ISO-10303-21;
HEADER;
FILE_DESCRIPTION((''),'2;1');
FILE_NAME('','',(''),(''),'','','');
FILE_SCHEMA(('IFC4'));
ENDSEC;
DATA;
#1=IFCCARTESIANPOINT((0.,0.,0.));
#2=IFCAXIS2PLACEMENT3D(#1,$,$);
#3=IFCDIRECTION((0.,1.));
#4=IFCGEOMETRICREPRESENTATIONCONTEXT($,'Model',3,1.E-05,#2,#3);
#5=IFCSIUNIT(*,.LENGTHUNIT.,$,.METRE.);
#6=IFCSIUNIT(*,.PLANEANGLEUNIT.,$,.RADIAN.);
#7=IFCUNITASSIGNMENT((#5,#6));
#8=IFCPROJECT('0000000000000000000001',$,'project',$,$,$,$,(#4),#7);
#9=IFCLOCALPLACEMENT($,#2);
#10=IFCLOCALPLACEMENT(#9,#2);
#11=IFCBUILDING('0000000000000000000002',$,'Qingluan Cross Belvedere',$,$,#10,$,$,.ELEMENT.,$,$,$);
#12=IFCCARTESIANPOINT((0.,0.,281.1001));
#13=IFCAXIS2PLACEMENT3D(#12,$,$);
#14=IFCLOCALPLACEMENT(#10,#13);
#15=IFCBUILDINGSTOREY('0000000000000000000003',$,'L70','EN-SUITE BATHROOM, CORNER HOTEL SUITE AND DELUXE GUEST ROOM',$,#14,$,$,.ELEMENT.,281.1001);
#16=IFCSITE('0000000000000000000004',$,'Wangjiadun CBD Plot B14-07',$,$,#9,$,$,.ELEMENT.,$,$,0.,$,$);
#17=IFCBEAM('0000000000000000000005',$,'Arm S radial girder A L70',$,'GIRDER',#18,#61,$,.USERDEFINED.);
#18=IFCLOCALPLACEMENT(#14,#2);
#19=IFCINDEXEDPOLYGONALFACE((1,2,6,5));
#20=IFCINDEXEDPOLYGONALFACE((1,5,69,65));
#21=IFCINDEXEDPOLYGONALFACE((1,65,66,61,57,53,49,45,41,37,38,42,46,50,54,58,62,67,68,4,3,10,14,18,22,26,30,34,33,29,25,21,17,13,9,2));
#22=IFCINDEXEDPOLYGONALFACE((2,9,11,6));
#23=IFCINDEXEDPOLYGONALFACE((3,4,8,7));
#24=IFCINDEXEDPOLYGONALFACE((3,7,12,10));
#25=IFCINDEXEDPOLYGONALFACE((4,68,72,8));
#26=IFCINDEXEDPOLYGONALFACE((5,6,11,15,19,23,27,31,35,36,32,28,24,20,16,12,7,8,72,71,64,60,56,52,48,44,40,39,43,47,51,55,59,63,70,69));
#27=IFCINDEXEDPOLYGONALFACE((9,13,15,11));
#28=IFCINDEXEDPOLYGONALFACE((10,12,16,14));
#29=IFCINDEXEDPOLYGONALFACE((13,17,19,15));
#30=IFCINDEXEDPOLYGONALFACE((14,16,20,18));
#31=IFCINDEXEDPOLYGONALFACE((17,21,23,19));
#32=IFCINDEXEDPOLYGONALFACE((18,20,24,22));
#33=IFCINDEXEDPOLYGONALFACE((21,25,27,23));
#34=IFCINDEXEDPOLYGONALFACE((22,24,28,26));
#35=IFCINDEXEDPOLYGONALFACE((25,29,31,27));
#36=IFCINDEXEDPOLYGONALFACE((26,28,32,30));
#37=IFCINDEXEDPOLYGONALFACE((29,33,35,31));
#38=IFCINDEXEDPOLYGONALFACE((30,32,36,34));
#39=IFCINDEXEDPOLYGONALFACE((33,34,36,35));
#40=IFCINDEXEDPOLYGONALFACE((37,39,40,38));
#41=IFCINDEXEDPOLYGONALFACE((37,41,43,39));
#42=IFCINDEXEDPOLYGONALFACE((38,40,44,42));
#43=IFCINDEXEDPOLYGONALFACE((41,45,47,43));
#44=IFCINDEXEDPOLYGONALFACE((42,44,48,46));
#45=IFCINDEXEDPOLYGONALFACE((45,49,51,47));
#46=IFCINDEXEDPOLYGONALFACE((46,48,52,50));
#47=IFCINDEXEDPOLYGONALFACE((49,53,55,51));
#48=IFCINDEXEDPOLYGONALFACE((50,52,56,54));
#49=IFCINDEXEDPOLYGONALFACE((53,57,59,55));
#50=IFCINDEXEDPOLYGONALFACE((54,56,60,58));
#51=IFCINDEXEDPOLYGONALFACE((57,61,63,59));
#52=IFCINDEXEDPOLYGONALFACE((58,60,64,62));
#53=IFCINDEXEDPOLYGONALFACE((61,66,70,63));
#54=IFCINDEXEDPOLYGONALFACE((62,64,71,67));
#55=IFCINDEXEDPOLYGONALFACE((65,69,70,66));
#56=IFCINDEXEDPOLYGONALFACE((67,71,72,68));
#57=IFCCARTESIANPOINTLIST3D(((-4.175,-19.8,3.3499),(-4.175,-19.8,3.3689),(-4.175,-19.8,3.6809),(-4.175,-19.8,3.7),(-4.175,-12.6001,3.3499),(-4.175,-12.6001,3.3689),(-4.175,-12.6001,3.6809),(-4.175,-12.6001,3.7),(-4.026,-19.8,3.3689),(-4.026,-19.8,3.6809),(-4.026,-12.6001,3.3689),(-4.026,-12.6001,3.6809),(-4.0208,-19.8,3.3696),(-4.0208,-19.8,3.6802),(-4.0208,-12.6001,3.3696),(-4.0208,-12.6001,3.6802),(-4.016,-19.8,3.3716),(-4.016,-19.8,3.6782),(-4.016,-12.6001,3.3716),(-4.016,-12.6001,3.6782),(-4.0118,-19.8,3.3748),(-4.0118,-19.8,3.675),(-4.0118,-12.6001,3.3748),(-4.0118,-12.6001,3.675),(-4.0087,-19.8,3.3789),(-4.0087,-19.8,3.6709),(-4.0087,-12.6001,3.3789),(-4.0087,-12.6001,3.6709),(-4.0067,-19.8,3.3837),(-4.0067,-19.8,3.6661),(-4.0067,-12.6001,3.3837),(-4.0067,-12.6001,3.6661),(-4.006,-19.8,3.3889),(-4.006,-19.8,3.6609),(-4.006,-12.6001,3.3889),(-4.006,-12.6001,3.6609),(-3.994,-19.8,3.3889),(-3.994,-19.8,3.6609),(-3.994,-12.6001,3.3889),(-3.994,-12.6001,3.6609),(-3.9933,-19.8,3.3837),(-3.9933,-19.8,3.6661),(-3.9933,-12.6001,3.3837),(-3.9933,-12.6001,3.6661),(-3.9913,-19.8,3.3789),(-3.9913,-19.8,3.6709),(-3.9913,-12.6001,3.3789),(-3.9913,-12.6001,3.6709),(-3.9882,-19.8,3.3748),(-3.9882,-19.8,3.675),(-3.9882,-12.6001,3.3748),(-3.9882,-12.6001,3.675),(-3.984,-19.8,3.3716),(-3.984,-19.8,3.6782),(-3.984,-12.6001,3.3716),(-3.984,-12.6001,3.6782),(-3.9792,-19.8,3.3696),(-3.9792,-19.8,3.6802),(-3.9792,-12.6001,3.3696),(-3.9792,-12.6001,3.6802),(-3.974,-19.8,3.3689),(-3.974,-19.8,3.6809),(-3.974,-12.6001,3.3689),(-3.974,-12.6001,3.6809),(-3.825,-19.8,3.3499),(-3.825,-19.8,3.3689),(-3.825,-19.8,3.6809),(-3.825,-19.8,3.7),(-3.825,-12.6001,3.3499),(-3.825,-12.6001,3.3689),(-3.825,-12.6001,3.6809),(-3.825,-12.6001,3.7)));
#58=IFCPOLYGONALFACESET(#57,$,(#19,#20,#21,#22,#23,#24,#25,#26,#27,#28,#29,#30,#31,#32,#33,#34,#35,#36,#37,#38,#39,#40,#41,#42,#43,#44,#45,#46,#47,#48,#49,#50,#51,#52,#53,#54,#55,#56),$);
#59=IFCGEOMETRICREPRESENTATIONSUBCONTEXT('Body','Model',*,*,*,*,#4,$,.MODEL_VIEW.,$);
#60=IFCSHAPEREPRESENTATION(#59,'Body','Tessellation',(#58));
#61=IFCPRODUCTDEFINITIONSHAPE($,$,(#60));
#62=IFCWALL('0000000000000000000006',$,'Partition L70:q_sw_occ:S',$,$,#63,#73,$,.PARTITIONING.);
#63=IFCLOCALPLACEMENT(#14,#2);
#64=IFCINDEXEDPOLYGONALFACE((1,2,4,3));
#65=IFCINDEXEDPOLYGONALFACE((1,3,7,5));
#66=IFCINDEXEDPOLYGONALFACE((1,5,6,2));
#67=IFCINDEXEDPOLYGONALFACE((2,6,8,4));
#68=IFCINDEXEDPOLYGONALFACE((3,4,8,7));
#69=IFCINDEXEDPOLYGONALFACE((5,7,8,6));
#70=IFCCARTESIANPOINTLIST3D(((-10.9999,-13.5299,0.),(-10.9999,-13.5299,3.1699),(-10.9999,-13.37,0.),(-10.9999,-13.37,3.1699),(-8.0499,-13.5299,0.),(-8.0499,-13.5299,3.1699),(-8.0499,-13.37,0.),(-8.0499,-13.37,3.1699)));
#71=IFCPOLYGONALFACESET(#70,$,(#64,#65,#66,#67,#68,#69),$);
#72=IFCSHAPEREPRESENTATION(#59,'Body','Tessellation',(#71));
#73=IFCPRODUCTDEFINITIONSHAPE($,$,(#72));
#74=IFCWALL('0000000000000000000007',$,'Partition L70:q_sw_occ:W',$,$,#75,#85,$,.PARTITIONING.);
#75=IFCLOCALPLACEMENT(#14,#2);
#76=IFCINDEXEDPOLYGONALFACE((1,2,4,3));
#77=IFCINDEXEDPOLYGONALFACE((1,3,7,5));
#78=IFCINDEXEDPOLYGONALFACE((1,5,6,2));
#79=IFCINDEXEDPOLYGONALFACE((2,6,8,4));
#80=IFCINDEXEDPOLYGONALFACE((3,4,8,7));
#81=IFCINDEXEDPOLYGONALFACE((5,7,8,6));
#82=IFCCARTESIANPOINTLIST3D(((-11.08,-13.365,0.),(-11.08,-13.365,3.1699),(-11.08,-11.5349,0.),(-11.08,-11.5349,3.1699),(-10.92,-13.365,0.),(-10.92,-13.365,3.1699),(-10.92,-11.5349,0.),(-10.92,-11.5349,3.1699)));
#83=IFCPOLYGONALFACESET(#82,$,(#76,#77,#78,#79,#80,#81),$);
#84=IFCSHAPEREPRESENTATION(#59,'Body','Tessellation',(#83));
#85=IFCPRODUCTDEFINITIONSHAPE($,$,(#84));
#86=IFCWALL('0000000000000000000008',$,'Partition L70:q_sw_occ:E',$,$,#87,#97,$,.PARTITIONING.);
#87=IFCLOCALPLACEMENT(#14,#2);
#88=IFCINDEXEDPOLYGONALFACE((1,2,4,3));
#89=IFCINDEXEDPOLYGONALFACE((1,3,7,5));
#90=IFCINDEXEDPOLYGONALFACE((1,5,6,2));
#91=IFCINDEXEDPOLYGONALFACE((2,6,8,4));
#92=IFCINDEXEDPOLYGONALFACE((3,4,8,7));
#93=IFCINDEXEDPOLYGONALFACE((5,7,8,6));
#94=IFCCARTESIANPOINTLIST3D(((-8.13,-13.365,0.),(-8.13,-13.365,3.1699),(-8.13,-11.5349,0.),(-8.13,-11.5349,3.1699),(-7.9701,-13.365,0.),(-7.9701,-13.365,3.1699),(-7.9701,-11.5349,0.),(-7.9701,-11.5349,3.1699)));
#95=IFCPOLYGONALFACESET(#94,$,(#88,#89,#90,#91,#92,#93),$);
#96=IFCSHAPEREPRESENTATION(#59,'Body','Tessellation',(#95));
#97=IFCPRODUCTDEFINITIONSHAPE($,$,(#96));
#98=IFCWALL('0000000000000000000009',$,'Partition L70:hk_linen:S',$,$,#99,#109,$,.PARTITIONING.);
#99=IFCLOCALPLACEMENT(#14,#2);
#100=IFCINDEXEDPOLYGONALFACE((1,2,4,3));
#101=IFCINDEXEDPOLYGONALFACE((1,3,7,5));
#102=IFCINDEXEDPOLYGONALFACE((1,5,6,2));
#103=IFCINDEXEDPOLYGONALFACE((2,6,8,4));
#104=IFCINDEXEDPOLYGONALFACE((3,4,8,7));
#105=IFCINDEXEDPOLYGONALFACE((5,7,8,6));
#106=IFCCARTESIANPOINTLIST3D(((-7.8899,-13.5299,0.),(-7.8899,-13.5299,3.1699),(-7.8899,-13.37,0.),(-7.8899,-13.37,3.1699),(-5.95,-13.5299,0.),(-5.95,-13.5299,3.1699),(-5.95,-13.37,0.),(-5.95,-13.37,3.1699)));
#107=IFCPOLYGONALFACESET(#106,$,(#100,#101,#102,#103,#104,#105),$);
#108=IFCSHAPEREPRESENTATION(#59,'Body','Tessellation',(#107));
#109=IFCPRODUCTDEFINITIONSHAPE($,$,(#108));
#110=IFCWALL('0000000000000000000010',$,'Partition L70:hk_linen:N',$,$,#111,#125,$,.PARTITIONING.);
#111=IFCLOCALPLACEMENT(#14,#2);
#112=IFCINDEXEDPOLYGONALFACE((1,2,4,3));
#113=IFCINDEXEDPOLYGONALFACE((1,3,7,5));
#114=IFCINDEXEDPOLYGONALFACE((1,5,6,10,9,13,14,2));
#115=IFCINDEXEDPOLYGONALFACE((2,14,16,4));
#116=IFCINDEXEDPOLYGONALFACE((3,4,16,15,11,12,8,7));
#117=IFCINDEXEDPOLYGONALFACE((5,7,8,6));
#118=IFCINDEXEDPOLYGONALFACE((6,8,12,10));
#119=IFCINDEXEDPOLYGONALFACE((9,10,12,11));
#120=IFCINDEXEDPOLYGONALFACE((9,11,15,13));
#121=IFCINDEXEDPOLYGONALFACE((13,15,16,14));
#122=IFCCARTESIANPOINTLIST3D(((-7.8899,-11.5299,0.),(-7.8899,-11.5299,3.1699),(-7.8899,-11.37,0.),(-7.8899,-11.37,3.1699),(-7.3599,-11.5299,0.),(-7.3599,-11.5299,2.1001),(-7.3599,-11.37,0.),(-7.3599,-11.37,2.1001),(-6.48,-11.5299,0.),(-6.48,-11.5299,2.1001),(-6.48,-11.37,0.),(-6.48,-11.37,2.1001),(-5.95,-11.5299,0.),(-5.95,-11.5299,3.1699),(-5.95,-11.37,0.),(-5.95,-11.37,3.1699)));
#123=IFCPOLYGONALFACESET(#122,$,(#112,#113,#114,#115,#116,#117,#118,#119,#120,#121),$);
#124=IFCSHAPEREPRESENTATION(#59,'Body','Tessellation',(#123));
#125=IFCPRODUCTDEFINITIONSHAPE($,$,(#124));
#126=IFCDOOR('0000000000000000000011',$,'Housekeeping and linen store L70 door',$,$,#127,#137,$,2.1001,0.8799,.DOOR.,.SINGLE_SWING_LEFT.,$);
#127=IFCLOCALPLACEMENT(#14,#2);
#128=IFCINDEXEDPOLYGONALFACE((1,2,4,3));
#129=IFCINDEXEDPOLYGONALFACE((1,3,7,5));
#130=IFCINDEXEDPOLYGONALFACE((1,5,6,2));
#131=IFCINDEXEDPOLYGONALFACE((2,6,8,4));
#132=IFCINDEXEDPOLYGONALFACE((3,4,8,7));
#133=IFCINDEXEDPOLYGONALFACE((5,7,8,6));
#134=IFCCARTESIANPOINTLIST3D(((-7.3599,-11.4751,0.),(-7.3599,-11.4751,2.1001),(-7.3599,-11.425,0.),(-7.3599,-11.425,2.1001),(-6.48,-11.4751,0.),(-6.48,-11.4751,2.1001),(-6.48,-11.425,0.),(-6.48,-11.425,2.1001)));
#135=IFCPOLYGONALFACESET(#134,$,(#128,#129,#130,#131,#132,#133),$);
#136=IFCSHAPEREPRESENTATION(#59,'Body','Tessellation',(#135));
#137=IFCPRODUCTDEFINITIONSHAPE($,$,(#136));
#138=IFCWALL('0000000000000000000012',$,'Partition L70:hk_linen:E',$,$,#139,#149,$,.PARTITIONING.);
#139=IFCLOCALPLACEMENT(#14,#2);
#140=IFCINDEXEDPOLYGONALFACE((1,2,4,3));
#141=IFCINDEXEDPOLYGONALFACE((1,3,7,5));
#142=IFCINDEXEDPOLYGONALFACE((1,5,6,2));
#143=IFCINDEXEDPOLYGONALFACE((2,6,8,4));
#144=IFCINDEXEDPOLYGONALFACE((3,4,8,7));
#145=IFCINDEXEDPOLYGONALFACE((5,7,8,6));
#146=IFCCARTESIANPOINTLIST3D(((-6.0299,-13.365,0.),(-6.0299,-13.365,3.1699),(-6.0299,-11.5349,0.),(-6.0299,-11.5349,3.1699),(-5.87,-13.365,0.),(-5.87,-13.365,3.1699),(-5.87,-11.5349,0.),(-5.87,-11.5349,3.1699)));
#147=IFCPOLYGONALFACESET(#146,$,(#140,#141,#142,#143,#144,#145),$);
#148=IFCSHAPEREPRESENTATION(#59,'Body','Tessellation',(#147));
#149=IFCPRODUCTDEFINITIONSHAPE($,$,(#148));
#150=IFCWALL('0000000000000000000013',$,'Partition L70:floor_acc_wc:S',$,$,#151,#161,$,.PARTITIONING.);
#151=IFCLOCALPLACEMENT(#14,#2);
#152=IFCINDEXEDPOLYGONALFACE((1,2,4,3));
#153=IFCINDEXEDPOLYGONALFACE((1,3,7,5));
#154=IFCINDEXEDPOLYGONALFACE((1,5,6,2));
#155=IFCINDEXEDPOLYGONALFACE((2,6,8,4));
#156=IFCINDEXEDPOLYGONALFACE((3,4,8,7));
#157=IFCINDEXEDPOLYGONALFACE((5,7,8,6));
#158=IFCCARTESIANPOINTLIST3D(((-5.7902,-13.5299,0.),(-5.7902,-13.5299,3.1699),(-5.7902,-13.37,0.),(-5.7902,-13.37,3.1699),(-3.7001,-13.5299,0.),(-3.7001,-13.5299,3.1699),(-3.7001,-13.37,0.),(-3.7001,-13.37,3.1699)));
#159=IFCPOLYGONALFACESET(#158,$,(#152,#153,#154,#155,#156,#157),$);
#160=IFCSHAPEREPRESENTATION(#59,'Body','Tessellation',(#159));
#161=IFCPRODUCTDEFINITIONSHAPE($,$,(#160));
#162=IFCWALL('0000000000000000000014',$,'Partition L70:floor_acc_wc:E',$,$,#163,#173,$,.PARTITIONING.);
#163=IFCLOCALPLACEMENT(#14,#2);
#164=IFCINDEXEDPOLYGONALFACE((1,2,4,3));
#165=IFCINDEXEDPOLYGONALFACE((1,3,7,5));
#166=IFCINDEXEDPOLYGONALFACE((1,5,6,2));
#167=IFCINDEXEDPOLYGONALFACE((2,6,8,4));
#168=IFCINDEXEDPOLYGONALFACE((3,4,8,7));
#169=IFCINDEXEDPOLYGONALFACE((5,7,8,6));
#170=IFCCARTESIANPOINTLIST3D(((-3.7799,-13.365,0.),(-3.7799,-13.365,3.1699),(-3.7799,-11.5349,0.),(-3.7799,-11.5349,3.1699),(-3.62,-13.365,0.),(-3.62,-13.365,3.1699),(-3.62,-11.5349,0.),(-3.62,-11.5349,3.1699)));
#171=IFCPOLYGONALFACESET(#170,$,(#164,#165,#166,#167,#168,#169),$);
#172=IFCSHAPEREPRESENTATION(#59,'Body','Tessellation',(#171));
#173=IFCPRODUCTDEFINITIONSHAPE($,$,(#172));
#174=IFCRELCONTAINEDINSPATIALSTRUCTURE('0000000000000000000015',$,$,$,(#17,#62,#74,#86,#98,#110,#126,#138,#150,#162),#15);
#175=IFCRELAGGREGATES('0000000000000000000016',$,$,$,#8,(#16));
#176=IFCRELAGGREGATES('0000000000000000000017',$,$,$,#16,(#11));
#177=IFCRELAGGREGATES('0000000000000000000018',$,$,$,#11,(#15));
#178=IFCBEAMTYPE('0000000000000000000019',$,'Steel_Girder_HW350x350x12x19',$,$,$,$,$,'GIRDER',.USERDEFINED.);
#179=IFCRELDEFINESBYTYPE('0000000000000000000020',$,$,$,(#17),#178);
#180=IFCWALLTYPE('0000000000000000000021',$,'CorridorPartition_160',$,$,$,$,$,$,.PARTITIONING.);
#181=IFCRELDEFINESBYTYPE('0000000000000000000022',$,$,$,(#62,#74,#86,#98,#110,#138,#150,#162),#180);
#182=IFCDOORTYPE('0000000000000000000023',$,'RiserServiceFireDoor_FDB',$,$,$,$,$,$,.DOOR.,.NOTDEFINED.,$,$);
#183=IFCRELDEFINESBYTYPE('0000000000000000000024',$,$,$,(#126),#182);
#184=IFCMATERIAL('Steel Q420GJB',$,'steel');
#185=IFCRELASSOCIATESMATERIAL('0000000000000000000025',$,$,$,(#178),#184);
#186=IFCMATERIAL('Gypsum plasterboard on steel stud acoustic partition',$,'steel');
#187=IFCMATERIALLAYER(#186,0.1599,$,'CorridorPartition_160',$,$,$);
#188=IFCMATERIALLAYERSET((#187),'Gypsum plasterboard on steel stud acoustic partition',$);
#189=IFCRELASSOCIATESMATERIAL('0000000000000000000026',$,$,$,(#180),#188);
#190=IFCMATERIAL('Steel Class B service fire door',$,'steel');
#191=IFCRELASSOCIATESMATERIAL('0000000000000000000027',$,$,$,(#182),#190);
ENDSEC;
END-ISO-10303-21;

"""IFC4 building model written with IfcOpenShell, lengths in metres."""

from ifc_helpers import new_model, si_unit, direction, frame, frame_2d, origin, origin_2d, place, context, subcontext, project, spatial, rectangle, i_section, extrude, material, layer, layer_set, material_profile, profile_set, type_object, element, fill, save


model = new_model("IFC4")

# Units and contexts
model_context = context("Model", 3, precision=1e-05, world=origin(), true_north=direction((0.0, 1.0)))
body_context = subcontext(model_context, "Body", "Model", "MODEL_VIEW")
ifc_project = project(units=[si_unit("LENGTHUNIT", "METRE"), si_unit("PLANEANGLEUNIT", "RADIAN")], contexts=[model_context])

# Site, building, storey
site_placement = place(None, origin())
site = spatial("IfcSite", under=ifc_project, at=site_placement, Name="Wangjiadun CBD Plot B14-07", CompositionType="ELEMENT", RefElevation=0.0)
building_placement = place(site_placement, origin())
building = spatial("IfcBuilding", under=site, at=building_placement, Name="Qingluan Cross Belvedere", CompositionType="ELEMENT")
storey_placement = place(building_placement, frame((0.0, 0.0, 281.1001)))
storey = spatial("IfcBuildingStorey", under=building, at=storey_placement, Name="L70", Description="EN-SUITE BATHROOM, CORNER HOTEL SUITE AND DELUXE GUEST ROOM", CompositionType="ELEMENT", Elevation=281.1001)

# Beam
ifc_material_1 = material(Name="Steel Q420GJB", Category="steel")
ifc_material_profile_1 = material_profile(ifc_material_1, i_section(OverallWidth=0.3501, OverallDepth=0.3501, WebThickness=0.012, FlangeThickness=0.019, FilletRadius=0.02, at=origin_2d()), Name="HW350x350x12x19")
ifc_profile_set_1 = profile_set([ifc_material_profile_1], Name="Steel Q420GJB")
beam_type_1 = type_object("IfcBeamType", Name="Steel_Girder_HW350x350x12x19", ElementType="GIRDER", PredefinedType="USERDEFINED", material=ifc_profile_set_1)
beam_1_placement = place(storey_placement, frame((-4.0, -12.6001, 3.5249), z_axis=(0.0, -1.0, 0.0), x_axis=(1.0, 0.0, 0.0)))
element("IfcBeam", 1, at=beam_1_placement, inside=storey, type_object=beam_type_1, Name="Arm S radial girder A L70", ObjectType="GIRDER", PredefinedType="USERDEFINED", context=body_context, shape_type="SweptSolid", body=[
    extrude(i_section(OverallWidth=0.3501, OverallDepth=0.3501, WebThickness=0.012, FlangeThickness=0.019, FilletRadius=0.02, at=origin_2d()), origin(), (0.0, 0.0, 1.0), 7.2),
])

# Wall
ifc_material_2 = material(Name="Gypsum plasterboard on steel stud acoustic partition", Category="steel")
ifc_layer = layer(ifc_material_2, 0.1599, Name="CorridorPartition_160")
ifc_layer_set = layer_set([ifc_layer], Name="Gypsum plasterboard on steel stud acoustic partition")
wall_type = type_object("IfcWallType", Name="CorridorPartition_160", PredefinedType="PARTITIONING", material=ifc_layer_set)
wall_1_placement = place(storey_placement, frame((-11.0, -13.45, 0.0), z_axis=(0.0, 0.0, 1.0), x_axis=(1.0, 0.0, 0.0)))
element("IfcWall", 2, at=wall_1_placement, inside=storey, type_object=wall_type, Name="Partition L70:q_sw_occ:S", PredefinedType="PARTITIONING", context=body_context, shape_type="SweptSolid", body=[
    extrude(rectangle(XDim=2.95, YDim=0.1599, at=frame_2d((1.4751, 0.0))), origin(), (0.0, 0.0, 1.0), 3.1699),
])

# Walls
for number, where, z_axis, x_axis, name in (
    (3, (-11.0, -13.365, 0.0), (0.0, 0.0, 1.0), (0.0, 1.0, 0.0), "Partition L70:q_sw_occ:W"),
    (4, (-8.05, -13.365, 0.0), (0.0, 0.0, 1.0), (0.0, 1.0, 0.0), "Partition L70:q_sw_occ:E"),
):
    element("IfcWall", number, at=place(storey_placement, frame(where, z_axis=z_axis, x_axis=x_axis)), inside=storey, type_object=wall_type, Name=name, PredefinedType="PARTITIONING", context=body_context, shape_type="SweptSolid", body=[
        extrude(rectangle(XDim=1.8301, YDim=0.1599, at=frame_2d((0.915, 0.0))), origin(), (0.0, 0.0, 1.0), 3.1699),
    ])
wall_2_placement = place(storey_placement, frame((-7.8899, -13.45, 0.0), z_axis=(0.0, 0.0, 1.0), x_axis=(1.0, 0.0, 0.0)))
element("IfcWall", 5, at=wall_2_placement, inside=storey, type_object=wall_type, Name="Partition L70:hk_linen:S", PredefinedType="PARTITIONING", context=body_context, shape_type="SweptSolid", body=[
    extrude(rectangle(XDim=1.9399, YDim=0.1599, at=frame_2d((0.97, 0.0))), origin(), (0.0, 0.0, 1.0), 3.1699),
])

# Wall, opening, door
wall_3_placement = place(storey_placement, frame((-7.8899, -11.45, 0.0), z_axis=(0.0, 0.0, 1.0), x_axis=(1.0, 0.0, 0.0)))
wall_3 = element("IfcWall", 6, at=wall_3_placement, inside=storey, type_object=wall_type, Name="Partition L70:hk_linen:N", PredefinedType="PARTITIONING", context=body_context, shape_type="SweptSolid", body=[
    extrude(rectangle(XDim=1.9399, YDim=0.1599, at=frame_2d((0.97, 0.0))), origin(), (0.0, 0.0, 1.0), 3.1699),
])
opening_1_placement = place(wall_3_placement, frame((0.53, 0.0, 0.0)))
opening_1 = element("IfcOpeningElement", 7, at=opening_1_placement, cuts=wall_3, PredefinedType="OPENING", context=body_context, shape_type="SweptSolid", body=[
    extrude(rectangle(XDim=0.8799, YDim=2.1001, at=frame_2d((0.4399, 1.05))), frame((0.0, 0.0898, 0.0), z_axis=(0.0, -1.0, 0.0), x_axis=(1.0, 0.0, 0.0)), (0.0, 0.0, 1.0), 0.1799),
])
ifc_material_3 = material(Name="Steel Class B service fire door", Category="steel")
door_type_1 = type_object("IfcDoorType", Name="RiserServiceFireDoor_FDB", OperationType="NOTDEFINED", PredefinedType="DOOR", material=ifc_material_3)
door_1_placement = place(opening_1_placement, origin())
door_1 = element("IfcDoor", 8, at=door_1_placement, inside=storey, type_object=door_type_1, Name="Housekeeping and linen store L70 door", OperationType="SINGLE_SWING_LEFT", OverallHeight=2.1001, OverallWidth=0.8799, PredefinedType="DOOR", context=body_context, shape_type="SweptSolid", body=[
    extrude(rectangle(XDim=0.8799, YDim=2.1001, at=frame_2d((0.4399, 1.05))), frame((0.0, 0.0249, 0.0), z_axis=(0.0, -1.0, 0.0), x_axis=(1.0, 0.0, 0.0)), (0.0, 0.0, 1.0), 0.05),
])
fill(opening_1, door_1)

# Walls
wall_4_placement = place(storey_placement, frame((-5.95, -13.365, 0.0), z_axis=(0.0, 0.0, 1.0), x_axis=(0.0, 1.0, 0.0)))
element("IfcWall", 9, at=wall_4_placement, inside=storey, type_object=wall_type, Name="Partition L70:hk_linen:E", PredefinedType="PARTITIONING", context=body_context, shape_type="SweptSolid", body=[
    extrude(rectangle(XDim=1.8301, YDim=0.1599, at=frame_2d((0.915, 0.0))), origin(), (0.0, 0.0, 1.0), 3.1699),
])
wall_5_placement = place(storey_placement, frame((-5.79, -13.45, 0.0), z_axis=(0.0, 0.0, 1.0), x_axis=(1.0, 0.0, 0.0)))
element("IfcWall", 10, at=wall_5_placement, inside=storey, type_object=wall_type, Name="Partition L70:floor_acc_wc:S", PredefinedType="PARTITIONING", context=body_context, shape_type="SweptSolid", body=[
    extrude(rectangle(XDim=2.0901, YDim=0.1599, at=frame_2d((1.0449, 0.0))), origin(), (0.0, 0.0, 1.0), 3.1699),
])

# Wall
wall_6_placement = place(storey_placement, frame((-3.7, -13.365, 0.0), z_axis=(0.0, 0.0, 1.0), x_axis=(0.0, 1.0, 0.0)))
element("IfcWall", 11, at=wall_6_placement, inside=storey, type_object=wall_type, Name="Partition L70:floor_acc_wc:E", PredefinedType="PARTITIONING", context=body_context, shape_type="SweptSolid", body=[
    extrude(rectangle(XDim=1.8301, YDim=0.1599, at=frame_2d((0.915, 0.0))), origin(), (0.0, 0.0, 1.0), 3.1699),
])

save(model, "model.ifc")
